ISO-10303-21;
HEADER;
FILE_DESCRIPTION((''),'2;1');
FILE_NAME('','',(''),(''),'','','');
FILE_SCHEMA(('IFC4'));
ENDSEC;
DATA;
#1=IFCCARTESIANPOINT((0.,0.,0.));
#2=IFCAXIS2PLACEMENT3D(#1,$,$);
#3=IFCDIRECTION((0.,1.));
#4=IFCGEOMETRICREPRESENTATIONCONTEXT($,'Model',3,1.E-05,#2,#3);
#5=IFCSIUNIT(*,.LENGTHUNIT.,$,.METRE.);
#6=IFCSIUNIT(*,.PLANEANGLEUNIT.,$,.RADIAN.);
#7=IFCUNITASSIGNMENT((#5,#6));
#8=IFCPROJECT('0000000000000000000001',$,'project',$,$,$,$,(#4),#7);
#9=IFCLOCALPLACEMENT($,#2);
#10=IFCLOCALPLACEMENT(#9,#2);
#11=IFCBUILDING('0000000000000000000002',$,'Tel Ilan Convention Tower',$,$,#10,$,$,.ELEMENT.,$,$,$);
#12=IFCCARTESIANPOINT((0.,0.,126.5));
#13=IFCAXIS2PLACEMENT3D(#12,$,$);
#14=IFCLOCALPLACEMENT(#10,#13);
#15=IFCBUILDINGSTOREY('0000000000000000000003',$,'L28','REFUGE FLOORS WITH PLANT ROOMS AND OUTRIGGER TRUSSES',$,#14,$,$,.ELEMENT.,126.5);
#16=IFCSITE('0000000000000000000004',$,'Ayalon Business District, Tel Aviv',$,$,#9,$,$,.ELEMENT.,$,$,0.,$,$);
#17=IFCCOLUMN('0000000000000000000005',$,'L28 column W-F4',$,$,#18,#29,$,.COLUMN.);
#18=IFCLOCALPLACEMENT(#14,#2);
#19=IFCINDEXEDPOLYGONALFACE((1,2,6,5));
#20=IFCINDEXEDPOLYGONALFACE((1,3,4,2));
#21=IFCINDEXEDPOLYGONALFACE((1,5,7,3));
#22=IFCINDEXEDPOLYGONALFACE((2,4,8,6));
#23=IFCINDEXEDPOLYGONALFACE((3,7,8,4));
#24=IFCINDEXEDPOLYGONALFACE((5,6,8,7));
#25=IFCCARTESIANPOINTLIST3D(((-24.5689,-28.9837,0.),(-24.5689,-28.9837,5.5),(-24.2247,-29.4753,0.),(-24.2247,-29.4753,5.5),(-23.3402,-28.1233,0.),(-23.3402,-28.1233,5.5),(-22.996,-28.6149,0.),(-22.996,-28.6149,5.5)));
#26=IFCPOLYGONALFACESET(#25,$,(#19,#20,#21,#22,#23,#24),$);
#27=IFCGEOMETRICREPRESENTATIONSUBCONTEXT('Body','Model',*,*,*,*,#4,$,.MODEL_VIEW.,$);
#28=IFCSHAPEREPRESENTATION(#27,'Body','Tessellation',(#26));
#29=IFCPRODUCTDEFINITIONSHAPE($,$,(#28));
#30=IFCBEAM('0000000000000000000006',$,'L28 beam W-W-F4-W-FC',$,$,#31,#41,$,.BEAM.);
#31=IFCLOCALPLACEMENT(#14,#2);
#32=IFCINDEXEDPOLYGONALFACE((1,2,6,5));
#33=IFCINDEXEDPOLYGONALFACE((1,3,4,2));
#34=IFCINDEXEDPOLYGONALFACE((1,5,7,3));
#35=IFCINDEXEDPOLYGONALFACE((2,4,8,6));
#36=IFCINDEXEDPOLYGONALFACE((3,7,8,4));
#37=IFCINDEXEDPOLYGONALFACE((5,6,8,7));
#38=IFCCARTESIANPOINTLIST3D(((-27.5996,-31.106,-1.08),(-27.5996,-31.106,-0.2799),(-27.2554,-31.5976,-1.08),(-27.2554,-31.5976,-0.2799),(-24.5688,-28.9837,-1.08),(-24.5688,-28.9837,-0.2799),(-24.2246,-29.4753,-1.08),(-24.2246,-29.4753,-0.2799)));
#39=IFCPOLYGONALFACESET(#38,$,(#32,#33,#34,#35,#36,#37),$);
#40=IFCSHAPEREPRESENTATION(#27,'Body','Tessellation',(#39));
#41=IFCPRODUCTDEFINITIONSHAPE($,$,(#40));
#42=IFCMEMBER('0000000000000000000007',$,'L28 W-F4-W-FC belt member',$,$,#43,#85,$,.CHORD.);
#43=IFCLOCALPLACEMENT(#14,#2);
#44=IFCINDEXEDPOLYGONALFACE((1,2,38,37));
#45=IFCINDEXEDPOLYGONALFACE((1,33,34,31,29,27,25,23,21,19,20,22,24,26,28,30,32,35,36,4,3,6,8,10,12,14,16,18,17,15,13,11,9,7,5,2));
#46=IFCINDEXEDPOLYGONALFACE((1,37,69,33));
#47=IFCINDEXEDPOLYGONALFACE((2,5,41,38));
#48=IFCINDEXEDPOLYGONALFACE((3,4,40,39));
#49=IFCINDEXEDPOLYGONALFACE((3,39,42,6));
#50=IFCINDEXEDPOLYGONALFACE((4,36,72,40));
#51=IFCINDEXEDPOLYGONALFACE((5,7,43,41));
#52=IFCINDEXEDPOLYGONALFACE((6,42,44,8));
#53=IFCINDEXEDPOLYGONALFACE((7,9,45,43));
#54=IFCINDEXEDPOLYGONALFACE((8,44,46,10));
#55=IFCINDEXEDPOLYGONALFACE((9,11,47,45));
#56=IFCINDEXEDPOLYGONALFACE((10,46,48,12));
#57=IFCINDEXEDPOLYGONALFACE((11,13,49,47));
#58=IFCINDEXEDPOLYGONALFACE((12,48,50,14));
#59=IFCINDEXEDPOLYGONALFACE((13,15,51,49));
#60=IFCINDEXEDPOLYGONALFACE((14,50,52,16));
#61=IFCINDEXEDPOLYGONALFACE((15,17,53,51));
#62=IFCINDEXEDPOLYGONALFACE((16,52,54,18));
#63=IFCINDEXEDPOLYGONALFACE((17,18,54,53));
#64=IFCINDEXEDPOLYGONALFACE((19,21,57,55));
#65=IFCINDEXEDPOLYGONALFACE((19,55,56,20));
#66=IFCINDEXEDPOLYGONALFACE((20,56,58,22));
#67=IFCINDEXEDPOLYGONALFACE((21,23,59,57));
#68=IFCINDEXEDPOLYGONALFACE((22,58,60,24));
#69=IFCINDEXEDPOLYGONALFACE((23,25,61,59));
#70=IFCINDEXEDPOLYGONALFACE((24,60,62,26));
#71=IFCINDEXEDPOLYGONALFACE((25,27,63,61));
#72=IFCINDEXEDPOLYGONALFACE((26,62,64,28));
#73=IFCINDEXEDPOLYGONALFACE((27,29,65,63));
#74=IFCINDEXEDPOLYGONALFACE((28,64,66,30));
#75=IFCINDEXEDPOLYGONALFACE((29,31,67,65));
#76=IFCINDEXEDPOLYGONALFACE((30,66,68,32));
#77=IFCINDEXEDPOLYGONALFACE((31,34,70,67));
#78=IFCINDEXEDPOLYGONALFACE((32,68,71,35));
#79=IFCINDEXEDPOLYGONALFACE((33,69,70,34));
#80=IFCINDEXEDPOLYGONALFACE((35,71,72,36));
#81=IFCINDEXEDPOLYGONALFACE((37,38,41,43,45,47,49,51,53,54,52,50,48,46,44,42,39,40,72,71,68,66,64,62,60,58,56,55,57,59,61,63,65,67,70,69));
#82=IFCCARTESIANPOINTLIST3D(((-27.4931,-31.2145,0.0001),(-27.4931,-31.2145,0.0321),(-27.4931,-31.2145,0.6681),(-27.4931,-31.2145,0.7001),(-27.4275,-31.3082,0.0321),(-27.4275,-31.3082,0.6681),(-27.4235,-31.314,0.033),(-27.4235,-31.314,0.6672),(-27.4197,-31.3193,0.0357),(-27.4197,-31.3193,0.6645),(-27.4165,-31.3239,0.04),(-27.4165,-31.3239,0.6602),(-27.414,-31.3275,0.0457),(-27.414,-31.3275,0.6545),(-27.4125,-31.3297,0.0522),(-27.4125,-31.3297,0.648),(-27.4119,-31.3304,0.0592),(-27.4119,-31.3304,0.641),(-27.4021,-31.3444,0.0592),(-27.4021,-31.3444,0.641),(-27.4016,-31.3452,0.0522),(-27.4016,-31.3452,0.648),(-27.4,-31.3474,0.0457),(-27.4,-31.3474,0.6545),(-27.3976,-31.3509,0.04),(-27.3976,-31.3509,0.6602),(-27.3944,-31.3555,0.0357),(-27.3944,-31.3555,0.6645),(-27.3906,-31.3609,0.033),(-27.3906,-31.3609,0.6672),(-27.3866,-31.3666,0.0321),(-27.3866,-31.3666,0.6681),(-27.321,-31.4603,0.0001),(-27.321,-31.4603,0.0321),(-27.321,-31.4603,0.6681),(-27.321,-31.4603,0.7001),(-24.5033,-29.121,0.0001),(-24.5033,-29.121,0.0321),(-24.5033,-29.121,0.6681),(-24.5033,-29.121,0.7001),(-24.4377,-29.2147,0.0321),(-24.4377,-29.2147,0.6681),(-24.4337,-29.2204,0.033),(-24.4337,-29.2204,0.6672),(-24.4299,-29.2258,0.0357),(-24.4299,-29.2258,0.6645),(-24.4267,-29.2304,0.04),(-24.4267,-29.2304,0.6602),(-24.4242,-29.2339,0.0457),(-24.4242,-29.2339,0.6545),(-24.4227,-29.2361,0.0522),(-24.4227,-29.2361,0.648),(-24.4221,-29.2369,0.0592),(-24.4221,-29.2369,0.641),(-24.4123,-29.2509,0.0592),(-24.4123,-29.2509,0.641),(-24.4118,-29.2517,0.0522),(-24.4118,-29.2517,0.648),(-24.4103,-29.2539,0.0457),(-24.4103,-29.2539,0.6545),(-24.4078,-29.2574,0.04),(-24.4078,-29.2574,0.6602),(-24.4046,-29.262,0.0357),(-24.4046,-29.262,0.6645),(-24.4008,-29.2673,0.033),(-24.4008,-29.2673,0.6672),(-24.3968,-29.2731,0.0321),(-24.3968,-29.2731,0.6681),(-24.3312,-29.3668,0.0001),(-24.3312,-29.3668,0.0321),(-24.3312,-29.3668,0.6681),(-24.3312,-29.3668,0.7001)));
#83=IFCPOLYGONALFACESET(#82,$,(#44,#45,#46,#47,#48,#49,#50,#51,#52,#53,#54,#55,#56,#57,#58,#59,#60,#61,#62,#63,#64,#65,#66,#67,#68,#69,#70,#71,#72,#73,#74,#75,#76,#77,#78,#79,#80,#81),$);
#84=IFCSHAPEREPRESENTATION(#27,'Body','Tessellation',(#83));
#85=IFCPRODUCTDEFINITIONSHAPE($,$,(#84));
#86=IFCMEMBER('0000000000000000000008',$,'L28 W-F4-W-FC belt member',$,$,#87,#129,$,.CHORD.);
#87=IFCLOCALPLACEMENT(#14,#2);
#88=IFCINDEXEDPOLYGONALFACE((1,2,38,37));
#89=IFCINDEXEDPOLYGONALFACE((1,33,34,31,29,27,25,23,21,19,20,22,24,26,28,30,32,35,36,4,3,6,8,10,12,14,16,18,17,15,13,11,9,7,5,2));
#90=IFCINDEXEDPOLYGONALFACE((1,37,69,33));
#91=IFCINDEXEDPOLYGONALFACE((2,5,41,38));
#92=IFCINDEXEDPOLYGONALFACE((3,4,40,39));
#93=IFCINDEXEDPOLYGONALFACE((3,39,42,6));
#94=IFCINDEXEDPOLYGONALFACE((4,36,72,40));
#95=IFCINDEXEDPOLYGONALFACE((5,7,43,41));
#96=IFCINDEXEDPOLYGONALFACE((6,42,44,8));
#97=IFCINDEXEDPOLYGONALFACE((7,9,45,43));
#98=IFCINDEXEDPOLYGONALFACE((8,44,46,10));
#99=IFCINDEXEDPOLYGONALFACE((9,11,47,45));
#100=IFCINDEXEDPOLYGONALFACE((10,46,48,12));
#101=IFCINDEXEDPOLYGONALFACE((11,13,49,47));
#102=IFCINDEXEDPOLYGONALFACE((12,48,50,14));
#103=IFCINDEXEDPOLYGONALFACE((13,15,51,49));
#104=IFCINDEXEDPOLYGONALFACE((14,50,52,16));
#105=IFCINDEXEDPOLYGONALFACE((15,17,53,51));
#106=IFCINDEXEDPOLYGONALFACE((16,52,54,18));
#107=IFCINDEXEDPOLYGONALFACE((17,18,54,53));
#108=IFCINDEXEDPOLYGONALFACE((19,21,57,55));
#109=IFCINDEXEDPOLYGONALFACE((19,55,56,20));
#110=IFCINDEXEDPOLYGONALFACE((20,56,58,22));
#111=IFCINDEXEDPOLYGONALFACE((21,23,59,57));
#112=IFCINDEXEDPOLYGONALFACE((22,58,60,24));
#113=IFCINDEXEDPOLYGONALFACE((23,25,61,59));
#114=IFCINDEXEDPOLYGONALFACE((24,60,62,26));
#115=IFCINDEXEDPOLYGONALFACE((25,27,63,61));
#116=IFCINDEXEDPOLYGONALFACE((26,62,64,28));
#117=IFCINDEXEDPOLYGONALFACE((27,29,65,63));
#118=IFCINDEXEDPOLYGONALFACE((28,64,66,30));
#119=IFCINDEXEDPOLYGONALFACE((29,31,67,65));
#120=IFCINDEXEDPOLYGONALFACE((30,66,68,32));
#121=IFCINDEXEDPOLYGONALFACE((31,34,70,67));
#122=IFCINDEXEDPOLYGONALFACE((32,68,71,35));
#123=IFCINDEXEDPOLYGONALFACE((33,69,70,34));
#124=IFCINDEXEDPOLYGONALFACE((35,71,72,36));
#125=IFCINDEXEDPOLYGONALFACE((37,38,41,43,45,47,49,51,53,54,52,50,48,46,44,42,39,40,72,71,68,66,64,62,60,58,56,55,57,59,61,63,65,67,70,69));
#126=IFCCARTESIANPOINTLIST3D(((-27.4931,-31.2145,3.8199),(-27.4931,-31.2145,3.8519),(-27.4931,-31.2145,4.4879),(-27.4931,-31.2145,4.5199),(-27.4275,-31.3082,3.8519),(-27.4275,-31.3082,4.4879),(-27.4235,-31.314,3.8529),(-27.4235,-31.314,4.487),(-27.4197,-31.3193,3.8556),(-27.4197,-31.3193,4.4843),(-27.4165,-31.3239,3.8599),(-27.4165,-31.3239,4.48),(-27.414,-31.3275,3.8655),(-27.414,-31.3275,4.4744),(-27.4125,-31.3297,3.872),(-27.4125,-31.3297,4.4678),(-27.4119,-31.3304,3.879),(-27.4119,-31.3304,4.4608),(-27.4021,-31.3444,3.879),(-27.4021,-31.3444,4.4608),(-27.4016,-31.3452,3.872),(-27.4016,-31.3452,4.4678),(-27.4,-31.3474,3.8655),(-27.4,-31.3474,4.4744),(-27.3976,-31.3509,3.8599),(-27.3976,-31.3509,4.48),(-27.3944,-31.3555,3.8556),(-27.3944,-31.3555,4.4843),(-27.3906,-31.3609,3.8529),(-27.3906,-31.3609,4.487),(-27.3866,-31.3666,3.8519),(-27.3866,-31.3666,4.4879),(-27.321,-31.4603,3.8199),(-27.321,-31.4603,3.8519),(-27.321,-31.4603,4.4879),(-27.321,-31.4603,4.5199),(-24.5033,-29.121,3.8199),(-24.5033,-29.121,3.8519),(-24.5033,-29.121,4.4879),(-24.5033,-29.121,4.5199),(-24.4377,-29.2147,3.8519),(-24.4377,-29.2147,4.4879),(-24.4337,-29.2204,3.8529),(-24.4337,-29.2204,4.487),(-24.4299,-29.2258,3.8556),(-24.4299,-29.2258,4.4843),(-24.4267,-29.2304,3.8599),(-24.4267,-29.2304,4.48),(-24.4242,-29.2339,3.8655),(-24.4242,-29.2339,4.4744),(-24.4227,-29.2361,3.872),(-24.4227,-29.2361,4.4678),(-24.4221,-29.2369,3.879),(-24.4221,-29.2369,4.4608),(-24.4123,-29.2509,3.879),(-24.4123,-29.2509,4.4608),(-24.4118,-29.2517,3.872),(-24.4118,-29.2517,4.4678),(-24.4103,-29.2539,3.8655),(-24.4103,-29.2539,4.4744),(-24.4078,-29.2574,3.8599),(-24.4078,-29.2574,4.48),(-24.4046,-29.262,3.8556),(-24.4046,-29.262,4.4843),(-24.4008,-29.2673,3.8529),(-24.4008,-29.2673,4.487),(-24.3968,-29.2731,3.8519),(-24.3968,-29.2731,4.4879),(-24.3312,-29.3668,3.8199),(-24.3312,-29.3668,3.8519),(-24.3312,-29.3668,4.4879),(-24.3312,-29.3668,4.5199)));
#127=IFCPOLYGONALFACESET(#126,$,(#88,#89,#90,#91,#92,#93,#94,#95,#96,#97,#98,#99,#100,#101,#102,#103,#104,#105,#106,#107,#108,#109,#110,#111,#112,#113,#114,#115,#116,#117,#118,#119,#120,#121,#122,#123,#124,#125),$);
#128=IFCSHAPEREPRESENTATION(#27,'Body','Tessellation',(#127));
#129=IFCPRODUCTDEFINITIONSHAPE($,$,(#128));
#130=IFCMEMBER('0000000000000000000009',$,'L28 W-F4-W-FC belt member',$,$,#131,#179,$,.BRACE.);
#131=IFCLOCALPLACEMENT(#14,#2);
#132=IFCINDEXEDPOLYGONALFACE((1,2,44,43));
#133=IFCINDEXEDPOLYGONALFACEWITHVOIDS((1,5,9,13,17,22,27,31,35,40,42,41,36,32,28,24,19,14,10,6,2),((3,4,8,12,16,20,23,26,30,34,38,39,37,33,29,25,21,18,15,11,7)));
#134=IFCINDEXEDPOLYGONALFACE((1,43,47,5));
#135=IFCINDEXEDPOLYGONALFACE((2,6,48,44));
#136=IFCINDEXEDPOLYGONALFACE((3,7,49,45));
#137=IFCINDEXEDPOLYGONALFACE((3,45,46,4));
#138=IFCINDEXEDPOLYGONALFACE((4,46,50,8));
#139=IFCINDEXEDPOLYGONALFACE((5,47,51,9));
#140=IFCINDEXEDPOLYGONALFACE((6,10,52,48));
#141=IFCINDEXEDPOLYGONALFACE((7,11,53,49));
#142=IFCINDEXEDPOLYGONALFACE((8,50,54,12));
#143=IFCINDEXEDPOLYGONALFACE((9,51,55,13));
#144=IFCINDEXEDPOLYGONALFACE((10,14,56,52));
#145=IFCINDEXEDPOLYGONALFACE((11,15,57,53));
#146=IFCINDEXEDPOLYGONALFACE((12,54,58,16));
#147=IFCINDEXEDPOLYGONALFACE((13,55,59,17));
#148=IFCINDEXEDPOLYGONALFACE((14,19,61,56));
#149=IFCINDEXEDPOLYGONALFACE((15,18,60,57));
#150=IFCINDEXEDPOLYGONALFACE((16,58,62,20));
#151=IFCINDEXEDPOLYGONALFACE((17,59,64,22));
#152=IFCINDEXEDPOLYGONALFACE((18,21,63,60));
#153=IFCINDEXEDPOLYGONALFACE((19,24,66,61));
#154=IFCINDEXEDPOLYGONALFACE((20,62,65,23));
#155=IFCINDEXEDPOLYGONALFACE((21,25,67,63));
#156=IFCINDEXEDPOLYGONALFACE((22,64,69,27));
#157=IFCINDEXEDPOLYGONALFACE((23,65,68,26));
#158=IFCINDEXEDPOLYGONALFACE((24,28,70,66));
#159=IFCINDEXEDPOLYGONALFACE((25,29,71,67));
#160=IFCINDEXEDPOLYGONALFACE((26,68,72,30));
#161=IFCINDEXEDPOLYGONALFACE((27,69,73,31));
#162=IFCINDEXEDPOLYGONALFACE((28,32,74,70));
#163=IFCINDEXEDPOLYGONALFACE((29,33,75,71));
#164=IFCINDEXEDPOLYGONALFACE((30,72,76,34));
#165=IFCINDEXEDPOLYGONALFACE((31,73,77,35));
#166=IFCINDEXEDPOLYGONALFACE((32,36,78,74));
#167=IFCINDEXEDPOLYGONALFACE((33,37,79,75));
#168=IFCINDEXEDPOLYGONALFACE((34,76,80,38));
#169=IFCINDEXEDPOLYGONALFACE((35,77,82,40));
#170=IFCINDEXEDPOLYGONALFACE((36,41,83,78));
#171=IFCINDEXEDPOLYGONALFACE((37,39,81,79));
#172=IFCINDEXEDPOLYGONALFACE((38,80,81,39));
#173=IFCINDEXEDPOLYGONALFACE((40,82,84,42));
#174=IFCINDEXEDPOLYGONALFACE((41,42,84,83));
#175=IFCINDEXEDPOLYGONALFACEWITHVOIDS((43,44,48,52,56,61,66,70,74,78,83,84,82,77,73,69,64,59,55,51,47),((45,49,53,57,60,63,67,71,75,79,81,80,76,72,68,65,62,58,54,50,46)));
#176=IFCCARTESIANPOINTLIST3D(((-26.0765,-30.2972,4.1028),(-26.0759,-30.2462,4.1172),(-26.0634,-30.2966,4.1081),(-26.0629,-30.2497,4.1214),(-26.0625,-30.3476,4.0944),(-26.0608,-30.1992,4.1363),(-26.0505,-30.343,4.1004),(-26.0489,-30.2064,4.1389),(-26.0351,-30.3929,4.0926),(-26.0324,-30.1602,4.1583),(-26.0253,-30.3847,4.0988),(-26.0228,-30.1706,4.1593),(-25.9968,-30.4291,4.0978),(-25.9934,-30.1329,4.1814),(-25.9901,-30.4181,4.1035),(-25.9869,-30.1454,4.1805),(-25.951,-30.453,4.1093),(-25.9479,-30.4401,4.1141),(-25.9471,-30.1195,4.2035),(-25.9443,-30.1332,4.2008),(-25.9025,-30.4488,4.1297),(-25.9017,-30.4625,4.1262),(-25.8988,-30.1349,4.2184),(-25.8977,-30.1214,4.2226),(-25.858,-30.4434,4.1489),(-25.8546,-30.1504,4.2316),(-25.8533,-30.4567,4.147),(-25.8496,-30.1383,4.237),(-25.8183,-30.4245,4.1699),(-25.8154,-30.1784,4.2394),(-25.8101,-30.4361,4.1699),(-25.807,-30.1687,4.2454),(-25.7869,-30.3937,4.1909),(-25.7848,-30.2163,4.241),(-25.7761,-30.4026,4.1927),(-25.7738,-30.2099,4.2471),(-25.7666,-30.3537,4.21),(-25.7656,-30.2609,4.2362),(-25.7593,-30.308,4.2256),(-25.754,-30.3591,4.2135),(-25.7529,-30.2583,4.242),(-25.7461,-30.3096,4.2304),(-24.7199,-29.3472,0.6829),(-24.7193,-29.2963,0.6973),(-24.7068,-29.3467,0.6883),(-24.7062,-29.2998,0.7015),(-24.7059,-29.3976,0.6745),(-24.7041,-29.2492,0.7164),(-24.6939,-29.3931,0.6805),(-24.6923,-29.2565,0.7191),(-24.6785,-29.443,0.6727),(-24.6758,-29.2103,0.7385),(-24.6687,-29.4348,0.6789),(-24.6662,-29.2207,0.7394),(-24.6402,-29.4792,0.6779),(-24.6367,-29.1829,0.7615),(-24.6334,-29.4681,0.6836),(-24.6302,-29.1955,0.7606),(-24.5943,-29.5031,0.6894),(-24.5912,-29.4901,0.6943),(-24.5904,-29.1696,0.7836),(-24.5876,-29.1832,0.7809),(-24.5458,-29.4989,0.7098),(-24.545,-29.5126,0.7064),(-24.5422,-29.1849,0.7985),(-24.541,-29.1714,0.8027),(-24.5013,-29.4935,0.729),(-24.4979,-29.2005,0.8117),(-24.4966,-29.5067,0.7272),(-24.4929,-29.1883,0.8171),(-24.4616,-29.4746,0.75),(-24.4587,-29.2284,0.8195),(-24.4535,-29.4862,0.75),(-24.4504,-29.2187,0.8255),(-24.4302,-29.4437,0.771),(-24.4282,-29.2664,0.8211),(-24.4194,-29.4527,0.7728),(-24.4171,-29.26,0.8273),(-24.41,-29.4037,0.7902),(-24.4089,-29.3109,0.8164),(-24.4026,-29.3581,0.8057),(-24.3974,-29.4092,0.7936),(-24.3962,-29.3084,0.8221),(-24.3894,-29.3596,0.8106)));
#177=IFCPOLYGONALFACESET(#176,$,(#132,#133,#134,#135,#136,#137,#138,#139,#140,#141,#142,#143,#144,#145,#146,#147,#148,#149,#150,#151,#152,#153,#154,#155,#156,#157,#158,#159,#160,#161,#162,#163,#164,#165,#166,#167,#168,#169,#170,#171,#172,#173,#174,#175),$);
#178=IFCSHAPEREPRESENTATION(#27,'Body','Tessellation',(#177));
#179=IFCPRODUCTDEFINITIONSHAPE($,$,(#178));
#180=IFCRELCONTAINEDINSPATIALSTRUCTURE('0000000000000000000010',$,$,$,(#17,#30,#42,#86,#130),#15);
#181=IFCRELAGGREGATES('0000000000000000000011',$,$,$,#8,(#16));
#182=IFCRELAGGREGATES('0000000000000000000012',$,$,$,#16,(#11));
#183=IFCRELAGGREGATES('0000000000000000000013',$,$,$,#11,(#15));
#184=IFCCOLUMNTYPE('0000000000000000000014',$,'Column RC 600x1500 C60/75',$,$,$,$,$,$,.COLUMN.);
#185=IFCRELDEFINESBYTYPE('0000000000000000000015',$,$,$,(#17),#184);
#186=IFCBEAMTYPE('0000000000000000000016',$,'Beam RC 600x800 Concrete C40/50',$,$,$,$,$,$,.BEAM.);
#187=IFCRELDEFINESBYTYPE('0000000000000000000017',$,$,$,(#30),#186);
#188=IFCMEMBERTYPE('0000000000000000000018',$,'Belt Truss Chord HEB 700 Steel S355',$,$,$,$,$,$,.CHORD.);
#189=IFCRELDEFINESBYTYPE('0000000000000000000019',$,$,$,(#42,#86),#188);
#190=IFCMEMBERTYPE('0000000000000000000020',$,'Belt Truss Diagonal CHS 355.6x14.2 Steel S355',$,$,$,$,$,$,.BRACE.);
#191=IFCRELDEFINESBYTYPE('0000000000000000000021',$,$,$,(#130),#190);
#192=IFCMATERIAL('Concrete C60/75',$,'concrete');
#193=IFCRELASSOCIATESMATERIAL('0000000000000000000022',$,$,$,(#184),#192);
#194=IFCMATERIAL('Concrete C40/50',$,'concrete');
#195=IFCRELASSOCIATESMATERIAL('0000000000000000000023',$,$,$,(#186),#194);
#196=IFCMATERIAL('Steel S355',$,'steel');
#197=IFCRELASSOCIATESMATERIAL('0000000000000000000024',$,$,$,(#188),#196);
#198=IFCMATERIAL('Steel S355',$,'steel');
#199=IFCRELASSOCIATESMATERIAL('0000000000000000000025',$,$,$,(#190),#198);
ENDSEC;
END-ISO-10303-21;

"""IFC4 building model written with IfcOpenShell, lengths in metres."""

from ifc_helpers import new_model, si_unit, direction, frame, origin, origin_2d, place, context, subcontext, project, spatial, rectangle, hollow_circle, i_section, extrude, material, material_profile, profile_set, type_object, element, save


model = new_model("IFC4")

# Units and contexts
model_context = context("Model", 3, precision=1e-05, world=origin(), true_north=direction((0.0, 1.0)))
body_context = subcontext(model_context, "Body", "Model", "MODEL_VIEW")
ifc_project = project(units=[si_unit("LENGTHUNIT", "METRE"), si_unit("PLANEANGLEUNIT", "RADIAN")], contexts=[model_context])

# Site, building, storey
site_placement = place(None, origin())
site = spatial("IfcSite", under=ifc_project, at=site_placement, Name="Ayalon Business District, Tel Aviv", CompositionType="ELEMENT", RefElevation=0.0)
building_placement = place(site_placement, origin())
building = spatial("IfcBuilding", under=site, at=building_placement, Name="Tel Ilan Convention Tower", CompositionType="ELEMENT")
storey_placement = place(building_placement, frame((0.0, 0.0, 126.5)))
storey = spatial("IfcBuildingStorey", under=building, at=storey_placement, Name="L28", Description="REFUGE FLOORS WITH PLANT ROOMS AND OUTRIGGER TRUSSES", CompositionType="ELEMENT", Elevation=126.5)

# Column
ifc_material_1 = material(Name="Concrete C60/75", Category="concrete")
ifc_material_profile_1 = material_profile(ifc_material_1, rectangle(XDim=1.5, YDim=0.6001, at=origin_2d()), Name="RC 600x1500")
ifc_profile_set_1 = profile_set([ifc_material_profile_1], Name="Concrete C60/75")
column_type = type_object("IfcColumnType", Name="Column RC 600x1500 C60/75", PredefinedType="COLUMN", material=ifc_profile_set_1)
column_placement = place(storey_placement, frame((-23.7825, -28.7993, 0.0), z_axis=(0.0, 0.0, 1.0), x_axis=(-0.819152, -0.573576, 0.0)))
element("IfcColumn", 1, at=column_placement, inside=storey, type_object=column_type, Name="L28 column W-F4", PredefinedType="COLUMN", context=body_context, shape_type="SweptSolid", body=[
    extrude(rectangle(XDim=1.5, YDim=0.6001, at=origin_2d()), origin(), (0.0, 0.0, 1.0), 5.5),
])

# Beam
ifc_material_2 = material(Name="Concrete C40/50", Category="concrete")
ifc_material_profile_2 = material_profile(ifc_material_2, rectangle(XDim=0.6001, YDim=0.8, at=origin_2d()), Name="RC 600x800")
ifc_profile_set_2 = profile_set([ifc_material_profile_2], Name="Concrete C40/50")
beam_type = type_object("IfcBeamType", Name="Beam RC 600x800 Concrete C40/50", PredefinedType="BEAM", material=ifc_profile_set_2)
beam_placement = place(storey_placement, frame((-24.3967, -29.2295, -0.6799), z_axis=(-0.819133, -0.573604, 0.0), x_axis=(0.573604, -0.819133, 0.0)))
element("IfcBeam", 2, at=beam_placement, inside=storey, type_object=beam_type, Name="L28 beam W-W-F4-W-FC", PredefinedType="BEAM", context=body_context, shape_type="SweptSolid", body=[
    extrude(rectangle(XDim=0.6001, YDim=0.8, at=origin_2d()), origin(), (0.0, 0.0, 1.0), 3.7),
])

# Members
ifc_material_3 = material(Name="Steel S355", Category="steel")
ifc_material_profile_3 = material_profile(ifc_material_3, i_section(OverallWidth=0.3, OverallDepth=0.7, WebThickness=0.0171, FlangeThickness=0.032, FilletRadius=0.0271, at=origin_2d()), Name="HEB 700")
ifc_profile_set_3 = profile_set([ifc_material_profile_3], Name="Steel S355")
member_type_1 = type_object("IfcMemberType", Name="Belt Truss Chord HEB 700 Steel S355", PredefinedType="CHORD", material=ifc_profile_set_3)
for number, where, z_axis, x_axis, name in (
    (3, (-24.4172, -29.2439, 0.3501), (-0.819144, -0.573588, 0.0), (0.573588, -0.819144, 0.0), "L28 W-F4-W-FC belt member"),
    (4, (-24.4172, -29.2439, 4.1699), (-0.819144, -0.573588, 0.0), (0.573588, -0.819144, 0.0), "L28 W-F4-W-FC belt member"),
):
    element("IfcMember", number, at=place(storey_placement, frame(where, z_axis=z_axis, x_axis=x_axis)), inside=storey, type_object=member_type_1, Name=name, PredefinedType="CHORD", context=body_context, shape_type="SweptSolid", body=[
        extrude(i_section(OverallWidth=0.3, OverallDepth=0.7, WebThickness=0.0171, FlangeThickness=0.032, FilletRadius=0.0271, at=origin_2d()), origin(), (0.0, 0.0, 1.0), 3.6499),
    ])
ifc_material_4 = material(Name="Steel S355", Category="steel")
ifc_material_profile_4 = material_profile(ifc_material_4, hollow_circle(Radius=0.1777, WallThickness=0.0142, at=origin_2d()), Name="CHS 355.6x14.2")
ifc_profile_set_4 = profile_set([ifc_material_profile_4], Name="Steel S355")
member_type_2 = type_object("IfcMemberType", Name="Belt Truss Diagonal CHS 355.6x14.2 Steel S355", PredefinedType="BRACE", material=ifc_profile_set_4)
for number, where, z_axis, x_axis, name in (
    (5, (-24.5554, -29.3406, 0.75), (-0.357037, -0.249997, 0.900014), (0.573571, -0.819156, 0.0), "L28 W-F4-W-FC belt member"),
):
    element("IfcMember", number, at=place(storey_placement, frame(where, z_axis=z_axis, x_axis=x_axis)), inside=storey, type_object=member_type_2, Name=name, PredefinedType="BRACE", context=body_context, shape_type="SweptSolid", body=[
        extrude(hollow_circle(Radius=0.1777, WallThickness=0.0142, at=origin_2d()), origin(), (0.0, 0.0, 1.0), 3.7998),
    ])

save(model, "model.ifc")
